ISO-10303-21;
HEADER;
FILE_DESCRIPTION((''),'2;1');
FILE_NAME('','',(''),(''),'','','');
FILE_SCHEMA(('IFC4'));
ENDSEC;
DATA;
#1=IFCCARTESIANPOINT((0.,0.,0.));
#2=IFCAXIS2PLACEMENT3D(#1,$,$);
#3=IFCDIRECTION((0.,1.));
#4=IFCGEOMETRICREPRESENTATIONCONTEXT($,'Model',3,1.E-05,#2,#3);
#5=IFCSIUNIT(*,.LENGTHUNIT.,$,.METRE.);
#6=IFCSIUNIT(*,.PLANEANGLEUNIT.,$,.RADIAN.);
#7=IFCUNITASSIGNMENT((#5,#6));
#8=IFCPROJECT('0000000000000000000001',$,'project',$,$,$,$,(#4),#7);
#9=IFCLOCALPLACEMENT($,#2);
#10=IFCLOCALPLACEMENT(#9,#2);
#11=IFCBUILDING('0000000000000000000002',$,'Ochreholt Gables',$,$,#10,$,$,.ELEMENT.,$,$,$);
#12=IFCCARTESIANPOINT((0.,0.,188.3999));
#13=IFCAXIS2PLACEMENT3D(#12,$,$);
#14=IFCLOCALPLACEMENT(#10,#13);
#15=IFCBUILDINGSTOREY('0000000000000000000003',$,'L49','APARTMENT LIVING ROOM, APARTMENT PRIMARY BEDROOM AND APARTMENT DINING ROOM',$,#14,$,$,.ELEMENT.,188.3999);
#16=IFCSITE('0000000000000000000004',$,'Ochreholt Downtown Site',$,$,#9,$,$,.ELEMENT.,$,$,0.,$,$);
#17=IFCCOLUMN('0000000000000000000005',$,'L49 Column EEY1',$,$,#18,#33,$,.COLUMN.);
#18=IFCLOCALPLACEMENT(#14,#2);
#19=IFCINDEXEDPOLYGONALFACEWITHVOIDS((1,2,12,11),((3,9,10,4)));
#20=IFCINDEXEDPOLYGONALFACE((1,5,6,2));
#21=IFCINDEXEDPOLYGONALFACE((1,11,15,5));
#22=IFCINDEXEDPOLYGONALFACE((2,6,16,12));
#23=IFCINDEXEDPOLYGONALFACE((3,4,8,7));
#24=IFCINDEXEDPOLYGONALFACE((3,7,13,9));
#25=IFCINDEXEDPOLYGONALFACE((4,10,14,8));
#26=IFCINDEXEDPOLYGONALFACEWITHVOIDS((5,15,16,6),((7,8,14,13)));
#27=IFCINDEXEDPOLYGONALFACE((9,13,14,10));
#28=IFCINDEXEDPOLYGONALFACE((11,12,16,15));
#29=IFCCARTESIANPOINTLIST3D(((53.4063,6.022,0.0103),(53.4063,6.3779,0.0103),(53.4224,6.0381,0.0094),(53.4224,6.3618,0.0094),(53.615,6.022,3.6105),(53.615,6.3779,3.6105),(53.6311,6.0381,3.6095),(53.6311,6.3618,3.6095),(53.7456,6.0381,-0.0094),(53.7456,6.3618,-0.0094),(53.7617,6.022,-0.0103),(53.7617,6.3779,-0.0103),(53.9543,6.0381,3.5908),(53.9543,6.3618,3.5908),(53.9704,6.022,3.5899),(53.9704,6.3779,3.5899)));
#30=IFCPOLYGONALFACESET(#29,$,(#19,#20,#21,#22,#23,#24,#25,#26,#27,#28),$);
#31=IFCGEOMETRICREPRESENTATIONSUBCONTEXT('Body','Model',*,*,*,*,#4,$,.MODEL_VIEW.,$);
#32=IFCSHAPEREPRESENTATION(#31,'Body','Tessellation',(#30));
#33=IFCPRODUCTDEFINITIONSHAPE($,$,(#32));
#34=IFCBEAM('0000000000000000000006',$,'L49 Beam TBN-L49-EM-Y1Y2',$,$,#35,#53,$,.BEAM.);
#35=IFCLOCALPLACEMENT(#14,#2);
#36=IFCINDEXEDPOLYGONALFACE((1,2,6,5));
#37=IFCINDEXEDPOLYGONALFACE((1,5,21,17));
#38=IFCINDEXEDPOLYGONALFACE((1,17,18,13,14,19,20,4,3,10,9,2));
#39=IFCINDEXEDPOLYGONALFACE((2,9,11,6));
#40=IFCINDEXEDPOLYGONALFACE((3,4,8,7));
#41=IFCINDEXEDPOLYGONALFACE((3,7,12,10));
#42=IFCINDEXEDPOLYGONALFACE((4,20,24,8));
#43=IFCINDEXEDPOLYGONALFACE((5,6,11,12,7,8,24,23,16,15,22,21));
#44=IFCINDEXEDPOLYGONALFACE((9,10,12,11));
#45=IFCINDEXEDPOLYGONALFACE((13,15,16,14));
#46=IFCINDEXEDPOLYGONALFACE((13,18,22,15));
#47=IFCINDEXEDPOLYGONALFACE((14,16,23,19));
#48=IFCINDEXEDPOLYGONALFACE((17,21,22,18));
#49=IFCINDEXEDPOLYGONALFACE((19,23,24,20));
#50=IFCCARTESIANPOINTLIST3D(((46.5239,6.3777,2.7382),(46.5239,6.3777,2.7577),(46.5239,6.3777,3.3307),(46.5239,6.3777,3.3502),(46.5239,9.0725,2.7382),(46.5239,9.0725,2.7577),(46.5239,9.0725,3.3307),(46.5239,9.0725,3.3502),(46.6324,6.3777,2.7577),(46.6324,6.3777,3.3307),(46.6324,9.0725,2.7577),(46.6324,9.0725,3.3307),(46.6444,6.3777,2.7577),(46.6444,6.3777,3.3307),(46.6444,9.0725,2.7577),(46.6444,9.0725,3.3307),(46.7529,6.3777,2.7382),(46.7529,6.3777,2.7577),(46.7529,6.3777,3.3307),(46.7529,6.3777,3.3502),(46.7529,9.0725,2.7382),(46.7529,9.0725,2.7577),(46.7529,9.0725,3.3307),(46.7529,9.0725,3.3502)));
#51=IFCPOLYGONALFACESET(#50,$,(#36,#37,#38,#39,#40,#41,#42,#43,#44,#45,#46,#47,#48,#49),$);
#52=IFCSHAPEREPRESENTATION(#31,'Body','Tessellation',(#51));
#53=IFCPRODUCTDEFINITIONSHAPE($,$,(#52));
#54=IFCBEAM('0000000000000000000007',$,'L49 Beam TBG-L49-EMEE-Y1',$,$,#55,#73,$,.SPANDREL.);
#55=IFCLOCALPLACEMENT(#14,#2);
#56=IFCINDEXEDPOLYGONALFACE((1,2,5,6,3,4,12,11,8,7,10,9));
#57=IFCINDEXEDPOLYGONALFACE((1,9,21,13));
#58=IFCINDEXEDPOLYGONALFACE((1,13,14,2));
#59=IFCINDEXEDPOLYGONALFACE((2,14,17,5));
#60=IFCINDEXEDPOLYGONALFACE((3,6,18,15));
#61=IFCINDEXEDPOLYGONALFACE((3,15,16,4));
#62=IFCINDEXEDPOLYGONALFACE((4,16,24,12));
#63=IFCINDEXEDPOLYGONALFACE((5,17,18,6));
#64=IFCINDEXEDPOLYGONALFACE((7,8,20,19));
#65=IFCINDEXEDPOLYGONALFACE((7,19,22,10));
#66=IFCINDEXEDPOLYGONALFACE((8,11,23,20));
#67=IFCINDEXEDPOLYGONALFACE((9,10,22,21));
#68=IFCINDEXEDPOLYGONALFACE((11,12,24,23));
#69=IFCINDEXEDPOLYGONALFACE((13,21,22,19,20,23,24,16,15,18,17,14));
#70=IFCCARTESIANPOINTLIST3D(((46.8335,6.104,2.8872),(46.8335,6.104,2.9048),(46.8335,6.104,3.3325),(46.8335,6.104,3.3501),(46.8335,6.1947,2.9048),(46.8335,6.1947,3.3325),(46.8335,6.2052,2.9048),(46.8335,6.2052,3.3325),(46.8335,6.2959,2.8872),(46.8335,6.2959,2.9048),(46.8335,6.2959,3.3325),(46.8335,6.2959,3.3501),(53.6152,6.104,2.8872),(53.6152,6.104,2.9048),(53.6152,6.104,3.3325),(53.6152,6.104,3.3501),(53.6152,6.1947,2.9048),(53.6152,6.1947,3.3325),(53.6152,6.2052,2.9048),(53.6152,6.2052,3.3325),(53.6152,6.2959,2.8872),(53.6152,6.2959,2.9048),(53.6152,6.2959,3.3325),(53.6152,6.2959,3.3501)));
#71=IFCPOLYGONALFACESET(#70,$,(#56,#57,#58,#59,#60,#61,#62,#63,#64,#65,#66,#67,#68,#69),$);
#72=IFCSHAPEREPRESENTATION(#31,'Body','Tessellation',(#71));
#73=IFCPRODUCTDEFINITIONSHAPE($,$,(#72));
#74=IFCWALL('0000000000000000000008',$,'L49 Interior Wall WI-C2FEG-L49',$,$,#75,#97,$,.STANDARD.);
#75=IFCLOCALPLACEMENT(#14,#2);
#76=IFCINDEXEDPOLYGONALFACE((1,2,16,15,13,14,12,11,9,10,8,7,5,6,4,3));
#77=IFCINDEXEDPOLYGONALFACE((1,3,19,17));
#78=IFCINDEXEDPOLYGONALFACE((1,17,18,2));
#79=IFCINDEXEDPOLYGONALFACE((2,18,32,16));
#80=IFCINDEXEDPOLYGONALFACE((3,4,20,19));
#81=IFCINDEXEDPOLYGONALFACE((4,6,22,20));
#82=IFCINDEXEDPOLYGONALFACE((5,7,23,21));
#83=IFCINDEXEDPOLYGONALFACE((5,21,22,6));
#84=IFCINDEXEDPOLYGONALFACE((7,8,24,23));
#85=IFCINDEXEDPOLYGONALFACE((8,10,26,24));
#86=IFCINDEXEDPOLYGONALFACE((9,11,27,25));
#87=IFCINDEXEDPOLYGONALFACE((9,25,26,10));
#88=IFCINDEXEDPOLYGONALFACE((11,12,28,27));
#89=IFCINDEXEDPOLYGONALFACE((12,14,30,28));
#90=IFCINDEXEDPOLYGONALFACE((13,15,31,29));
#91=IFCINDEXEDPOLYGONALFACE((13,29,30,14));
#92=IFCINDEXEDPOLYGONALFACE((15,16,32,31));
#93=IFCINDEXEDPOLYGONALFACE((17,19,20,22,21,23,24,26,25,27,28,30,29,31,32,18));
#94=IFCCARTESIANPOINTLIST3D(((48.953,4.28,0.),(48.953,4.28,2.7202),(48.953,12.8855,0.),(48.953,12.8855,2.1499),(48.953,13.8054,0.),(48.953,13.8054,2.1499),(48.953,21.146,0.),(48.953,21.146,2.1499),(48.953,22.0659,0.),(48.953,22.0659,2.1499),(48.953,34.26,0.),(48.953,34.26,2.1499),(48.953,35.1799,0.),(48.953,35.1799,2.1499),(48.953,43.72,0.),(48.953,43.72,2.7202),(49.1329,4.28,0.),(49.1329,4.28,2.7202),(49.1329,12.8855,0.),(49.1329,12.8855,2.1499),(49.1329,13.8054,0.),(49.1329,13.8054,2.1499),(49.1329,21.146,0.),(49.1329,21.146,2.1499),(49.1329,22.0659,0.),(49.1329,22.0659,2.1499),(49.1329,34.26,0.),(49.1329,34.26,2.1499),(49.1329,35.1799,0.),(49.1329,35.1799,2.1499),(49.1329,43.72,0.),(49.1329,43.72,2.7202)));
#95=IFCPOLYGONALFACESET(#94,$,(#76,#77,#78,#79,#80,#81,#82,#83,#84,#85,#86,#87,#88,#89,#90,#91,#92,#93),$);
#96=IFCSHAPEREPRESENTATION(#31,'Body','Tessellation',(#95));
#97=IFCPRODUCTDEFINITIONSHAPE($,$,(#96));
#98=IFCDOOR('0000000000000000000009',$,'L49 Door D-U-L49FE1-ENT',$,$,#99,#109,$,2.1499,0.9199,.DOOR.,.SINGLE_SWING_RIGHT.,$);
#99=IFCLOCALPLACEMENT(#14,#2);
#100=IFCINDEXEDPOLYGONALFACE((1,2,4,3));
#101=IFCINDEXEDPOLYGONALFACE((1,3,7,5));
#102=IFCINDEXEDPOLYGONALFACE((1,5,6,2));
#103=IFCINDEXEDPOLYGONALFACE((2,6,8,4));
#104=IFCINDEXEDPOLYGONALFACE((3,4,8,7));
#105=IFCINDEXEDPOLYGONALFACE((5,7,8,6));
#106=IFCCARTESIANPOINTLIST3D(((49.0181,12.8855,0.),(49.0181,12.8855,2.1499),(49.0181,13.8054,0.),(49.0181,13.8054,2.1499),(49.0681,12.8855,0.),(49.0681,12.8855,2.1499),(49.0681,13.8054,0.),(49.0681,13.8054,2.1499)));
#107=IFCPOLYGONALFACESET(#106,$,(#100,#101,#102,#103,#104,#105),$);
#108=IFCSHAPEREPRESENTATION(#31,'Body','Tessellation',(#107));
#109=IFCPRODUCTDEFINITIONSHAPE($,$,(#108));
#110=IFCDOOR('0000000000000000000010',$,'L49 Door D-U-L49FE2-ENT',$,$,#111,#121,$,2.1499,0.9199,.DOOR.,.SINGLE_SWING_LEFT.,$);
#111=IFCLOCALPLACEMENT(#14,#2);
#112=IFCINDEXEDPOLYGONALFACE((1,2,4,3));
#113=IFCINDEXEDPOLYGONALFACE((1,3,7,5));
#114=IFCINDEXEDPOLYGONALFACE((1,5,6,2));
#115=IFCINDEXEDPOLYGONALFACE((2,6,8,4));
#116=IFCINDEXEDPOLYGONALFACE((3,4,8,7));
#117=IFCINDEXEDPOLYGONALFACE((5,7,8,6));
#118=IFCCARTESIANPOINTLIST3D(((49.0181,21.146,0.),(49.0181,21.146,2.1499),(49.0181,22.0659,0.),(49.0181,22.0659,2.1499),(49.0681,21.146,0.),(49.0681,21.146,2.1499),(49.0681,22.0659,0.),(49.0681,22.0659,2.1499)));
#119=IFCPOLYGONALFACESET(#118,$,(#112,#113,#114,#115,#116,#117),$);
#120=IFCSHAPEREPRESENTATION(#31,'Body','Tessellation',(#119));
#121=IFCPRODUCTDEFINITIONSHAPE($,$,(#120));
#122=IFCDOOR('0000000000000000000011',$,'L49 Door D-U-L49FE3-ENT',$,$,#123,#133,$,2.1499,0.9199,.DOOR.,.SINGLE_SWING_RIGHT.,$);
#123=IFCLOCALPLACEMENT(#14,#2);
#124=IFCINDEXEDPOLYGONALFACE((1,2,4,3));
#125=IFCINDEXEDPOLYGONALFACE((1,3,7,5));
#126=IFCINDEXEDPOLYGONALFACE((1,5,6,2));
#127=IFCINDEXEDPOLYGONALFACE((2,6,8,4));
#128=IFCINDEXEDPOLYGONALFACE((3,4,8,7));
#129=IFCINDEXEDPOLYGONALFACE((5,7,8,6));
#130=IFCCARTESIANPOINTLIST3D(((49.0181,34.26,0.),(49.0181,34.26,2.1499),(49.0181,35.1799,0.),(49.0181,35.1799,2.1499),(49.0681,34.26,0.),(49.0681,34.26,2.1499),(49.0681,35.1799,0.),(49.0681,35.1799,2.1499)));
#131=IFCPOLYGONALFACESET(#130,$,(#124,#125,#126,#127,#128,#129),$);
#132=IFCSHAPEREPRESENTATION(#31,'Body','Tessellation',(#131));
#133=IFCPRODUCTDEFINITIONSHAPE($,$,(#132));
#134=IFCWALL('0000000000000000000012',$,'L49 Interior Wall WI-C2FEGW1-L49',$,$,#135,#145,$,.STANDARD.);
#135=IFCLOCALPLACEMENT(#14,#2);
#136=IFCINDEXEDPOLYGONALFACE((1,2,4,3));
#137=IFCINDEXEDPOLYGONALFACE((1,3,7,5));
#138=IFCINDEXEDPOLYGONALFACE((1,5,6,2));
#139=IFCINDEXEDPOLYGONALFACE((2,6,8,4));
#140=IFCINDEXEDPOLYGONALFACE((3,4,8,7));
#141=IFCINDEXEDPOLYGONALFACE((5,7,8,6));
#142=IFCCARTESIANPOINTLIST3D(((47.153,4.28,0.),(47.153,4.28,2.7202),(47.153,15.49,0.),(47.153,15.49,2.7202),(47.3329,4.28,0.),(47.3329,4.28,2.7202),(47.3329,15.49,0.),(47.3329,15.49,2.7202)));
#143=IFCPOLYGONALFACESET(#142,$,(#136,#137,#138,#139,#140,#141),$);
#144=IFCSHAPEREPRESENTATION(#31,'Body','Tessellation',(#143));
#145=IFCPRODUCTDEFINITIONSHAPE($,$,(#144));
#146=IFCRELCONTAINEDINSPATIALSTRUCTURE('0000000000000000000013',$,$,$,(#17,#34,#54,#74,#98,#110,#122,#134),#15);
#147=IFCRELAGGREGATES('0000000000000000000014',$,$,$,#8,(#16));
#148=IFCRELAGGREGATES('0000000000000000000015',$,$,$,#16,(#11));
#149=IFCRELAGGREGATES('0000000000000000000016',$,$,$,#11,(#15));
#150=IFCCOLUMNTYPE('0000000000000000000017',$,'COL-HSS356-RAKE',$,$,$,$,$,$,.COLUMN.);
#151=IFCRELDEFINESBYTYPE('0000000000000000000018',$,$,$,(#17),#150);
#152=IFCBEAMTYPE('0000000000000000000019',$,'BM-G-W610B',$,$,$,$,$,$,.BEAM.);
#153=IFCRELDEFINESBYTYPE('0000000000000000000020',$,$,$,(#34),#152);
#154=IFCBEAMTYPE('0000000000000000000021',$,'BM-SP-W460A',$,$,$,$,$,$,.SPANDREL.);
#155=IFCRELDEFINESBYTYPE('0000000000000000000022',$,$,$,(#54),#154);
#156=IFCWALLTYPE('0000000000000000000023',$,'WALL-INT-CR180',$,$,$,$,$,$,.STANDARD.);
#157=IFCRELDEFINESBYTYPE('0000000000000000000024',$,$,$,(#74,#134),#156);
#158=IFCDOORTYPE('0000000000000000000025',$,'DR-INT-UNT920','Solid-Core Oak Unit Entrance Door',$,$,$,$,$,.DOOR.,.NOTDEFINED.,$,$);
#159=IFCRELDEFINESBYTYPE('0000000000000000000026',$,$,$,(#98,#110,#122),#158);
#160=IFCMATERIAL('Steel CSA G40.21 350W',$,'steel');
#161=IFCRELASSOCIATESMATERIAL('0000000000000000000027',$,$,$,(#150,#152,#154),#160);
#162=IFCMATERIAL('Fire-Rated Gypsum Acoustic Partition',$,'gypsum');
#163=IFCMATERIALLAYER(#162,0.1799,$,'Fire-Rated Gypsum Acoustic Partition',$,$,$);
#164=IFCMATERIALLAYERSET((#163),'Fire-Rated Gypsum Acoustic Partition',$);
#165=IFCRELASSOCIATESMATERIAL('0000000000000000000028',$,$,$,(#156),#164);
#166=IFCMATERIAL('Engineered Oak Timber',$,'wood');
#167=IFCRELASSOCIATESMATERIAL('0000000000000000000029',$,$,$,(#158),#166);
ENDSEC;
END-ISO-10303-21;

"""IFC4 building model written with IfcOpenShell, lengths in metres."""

from ifc_helpers import new_model, si_unit, direction, frame, frame_2d, origin, origin_2d, place, context, subcontext, project, spatial, rectangle, hollow_rectangle, i_section, extrude, material, layer, layer_set, material_profile, profile_set, type_object, element, fill, save


model = new_model("IFC4")

# Units and contexts
model_context = context("Model", 3, precision=1e-05, world=origin(), true_north=direction((0.0, 1.0)))
body_context = subcontext(model_context, "Body", "Model", "MODEL_VIEW")
ifc_project = project(units=[si_unit("LENGTHUNIT", "METRE"), si_unit("PLANEANGLEUNIT", "RADIAN")], contexts=[model_context])

# Site, building, storey
site_placement = place(None, origin())
site = spatial("IfcSite", under=ifc_project, at=site_placement, Name="Ochreholt Downtown Site", CompositionType="ELEMENT", RefElevation=0.0)
building_placement = place(site_placement, origin())
building = spatial("IfcBuilding", under=site, at=building_placement, Name="Ochreholt Gables", CompositionType="ELEMENT")
storey_placement = place(building_placement, frame((0.0, 0.0, 188.3999)))
storey = spatial("IfcBuildingStorey", under=building, at=storey_placement, Name="L49", Description="APARTMENT LIVING ROOM, APARTMENT PRIMARY BEDROOM AND APARTMENT DINING ROOM", CompositionType="ELEMENT", Elevation=188.3999)

# Column
ifc_material_1 = material(Name="Steel CSA G40.21 350W", Category="steel")
ifc_material_profile_1 = material_profile(ifc_material_1, hollow_rectangle(XDim=0.356, YDim=0.356, WallThickness=0.0161, at=origin_2d()), Name="HSS356X356X16")
ifc_profile_set_1 = profile_set([ifc_material_profile_1], Name="Steel CSA G40.21 350W")
column_type = type_object("IfcColumnType", Name="COL-HSS356-RAKE", PredefinedType="COLUMN", material=ifc_profile_set_1)
column_placement = place(storey_placement, frame((53.584, 6.2, 0.0), z_axis=(0.057885, 0.0, 0.998323), x_axis=(0.0, 1.0, 0.0)))
element("IfcColumn", 1, at=column_placement, inside=storey, type_object=column_type, Name="L49 Column EEY1", PredefinedType="COLUMN", context=body_context, shape_type="SweptSolid", body=[
    extrude(hollow_rectangle(XDim=0.356, YDim=0.356, WallThickness=0.0161, at=origin_2d()), origin(), (0.0, 0.0, 1.0), 3.6062),
])

# Beams
ifc_material_profile_2 = material_profile(ifc_material_1, i_section(OverallWidth=0.229, OverallDepth=0.6121, WebThickness=0.012, FlangeThickness=0.0195, at=origin_2d()), Name="W610X125")
ifc_profile_set_2 = profile_set([ifc_material_profile_2], Name="Steel CSA G40.21 350W")
beam_type_1 = type_object("IfcBeamType", Name="BM-G-W610B", PredefinedType="BEAM", material=ifc_profile_set_2)
beam_1_placement = place(storey_placement, frame((46.6384, 6.3777, 3.0442), z_axis=(0.0, 1.0, 0.0), x_axis=(-1.0, 0.0, 0.0)))
element("IfcBeam", 2, at=beam_1_placement, inside=storey, type_object=beam_type_1, Name="L49 Beam TBN-L49-EM-Y1Y2", PredefinedType="BEAM", context=body_context, shape_type="SweptSolid", body=[
    extrude(i_section(OverallWidth=0.229, OverallDepth=0.6121, WebThickness=0.012, FlangeThickness=0.0195, at=origin_2d()), origin(), (0.0, 0.0, 1.0), 2.6948),
])
ifc_material_profile_3 = material_profile(ifc_material_1, i_section(OverallWidth=0.1919, OverallDepth=0.4629, WebThickness=0.0105, FlangeThickness=0.0176, at=origin_2d()), Name="W460X89")
ifc_profile_set_3 = profile_set([ifc_material_profile_3], Name="Steel CSA G40.21 350W")
beam_type_2 = type_object("IfcBeamType", Name="BM-SP-W460A", PredefinedType="SPANDREL", material=ifc_profile_set_3)
beam_2_placement = place(storey_placement, frame((46.8335, 6.2, 3.1187), z_axis=(1.0, 0.0, 0.0), x_axis=(0.0, 1.0, 0.0)))
element("IfcBeam", 3, at=beam_2_placement, inside=storey, type_object=beam_type_2, Name="L49 Beam TBG-L49-EMEE-Y1", PredefinedType="SPANDREL", context=body_context, shape_type="SweptSolid", body=[
    extrude(i_section(OverallWidth=0.1919, OverallDepth=0.4629, WebThickness=0.0105, FlangeThickness=0.0176, at=origin_2d()), origin(), (0.0, 0.0, 1.0), 6.7817),
])

# Wall, openings, doors
ifc_material_2 = material(Name="Fire-Rated Gypsum Acoustic Partition", Category="gypsum")
ifc_layer_1 = layer(ifc_material_2, 0.1799, Name="Fire-Rated Gypsum Acoustic Partition")
ifc_layer_set_1 = layer_set([ifc_layer_1], Name="Fire-Rated Gypsum Acoustic Partition")
wall_type_1 = type_object("IfcWallType", Name="WALL-INT-CR180", PredefinedType="STANDARD", material=ifc_layer_set_1)
wall_1_placement = place(storey_placement, frame((49.043, 4.28, 0.0), z_axis=(0.0, 0.0, 1.0), x_axis=(0.0, 1.0, 0.0)))
wall_1 = element("IfcWall", 4, at=wall_1_placement, inside=storey, type_object=wall_type_1, Name="L49 Interior Wall WI-C2FEG-L49", PredefinedType="STANDARD", context=body_context, shape_type="SweptSolid", body=[
    extrude(rectangle(XDim=39.4399, YDim=0.1799, at=frame_2d((19.72, 0.0))), origin(), (0.0, 0.0, 1.0), 2.7202),
])
opening_1_placement = place(wall_1_placement, frame((8.6055, 0.0, 0.0)))
opening_1 = element("IfcOpeningElement", 5, at=opening_1_placement, cuts=wall_1, PredefinedType="OPENING", context=body_context, shape_type="SweptSolid", body=[
    extrude(rectangle(XDim=0.9199, YDim=2.1499, at=frame_2d((0.46, 1.075))), frame((0.0, 0.0999, 0.0), z_axis=(0.0, -1.0, 0.0), x_axis=(1.0, 0.0, 0.0)), (0.0, 0.0, 1.0), 0.2),
])
opening_2_placement = place(wall_1_placement, frame((16.866, 0.0, 0.0)))
opening_2 = element("IfcOpeningElement", 6, at=opening_2_placement, cuts=wall_1, PredefinedType="OPENING", context=body_context, shape_type="SweptSolid", body=[
    extrude(rectangle(XDim=0.9199, YDim=2.1499, at=frame_2d((0.46, 1.075))), frame((0.0, 0.0999, 0.0), z_axis=(0.0, -1.0, 0.0), x_axis=(1.0, 0.0, 0.0)), (0.0, 0.0, 1.0), 0.2),
])
opening_3_placement = place(wall_1_placement, frame((29.98, 0.0, 0.0)))
opening_3 = element("IfcOpeningElement", 7, at=opening_3_placement, cuts=wall_1, PredefinedType="OPENING", context=body_context, shape_type="SweptSolid", body=[
    extrude(rectangle(XDim=0.9199, YDim=2.1499, at=frame_2d((0.46, 1.075))), frame((0.0, 0.0999, 0.0), z_axis=(0.0, -1.0, 0.0), x_axis=(1.0, 0.0, 0.0)), (0.0, 0.0, 1.0), 0.2),
])
ifc_material_3 = material(Name="Engineered Oak Timber", Category="wood")
door_type_1 = type_object("IfcDoorType", Name="DR-INT-UNT920", Description="Solid-Core Oak Unit Entrance Door", OperationType="NOTDEFINED", PredefinedType="DOOR", material=ifc_material_3)
door_1_placement = place(opening_1_placement, origin())
door_1 = element("IfcDoor", 8, at=door_1_placement, inside=storey, type_object=door_type_1, Name="L49 Door D-U-L49FE1-ENT", OperationType="SINGLE_SWING_RIGHT", OverallHeight=2.1499, OverallWidth=0.9199, PredefinedType="DOOR", context=body_context, shape_type="SweptSolid", body=[
    extrude(rectangle(XDim=0.9199, YDim=2.1499, at=frame_2d((0.46, 1.075))), frame((0.0, 0.0249, 0.0), z_axis=(0.0, -1.0, 0.0), x_axis=(1.0, 0.0, 0.0)), (0.0, 0.0, 1.0), 0.05),
])
fill(opening_1, door_1)
door_2_placement = place(opening_2_placement, origin())
door_2 = element("IfcDoor", 9, at=door_2_placement, inside=storey, type_object=door_type_1, Name="L49 Door D-U-L49FE2-ENT", OperationType="SINGLE_SWING_LEFT", OverallHeight=2.1499, OverallWidth=0.9199, PredefinedType="DOOR", context=body_context, shape_type="SweptSolid", body=[
    extrude(rectangle(XDim=0.9199, YDim=2.1499, at=frame_2d((0.46, 1.075))), frame((0.0, 0.0249, 0.0), z_axis=(0.0, -1.0, 0.0), x_axis=(1.0, 0.0, 0.0)), (0.0, 0.0, 1.0), 0.05),
])
fill(opening_2, door_2)
door_3_placement = place(opening_3_placement, origin())
door_3 = element("IfcDoor", 10, at=door_3_placement, inside=storey, type_object=door_type_1, Name="L49 Door D-U-L49FE3-ENT", OperationType="SINGLE_SWING_RIGHT", OverallHeight=2.1499, OverallWidth=0.9199, PredefinedType="DOOR", context=body_context, shape_type="SweptSolid", body=[
    extrude(rectangle(XDim=0.9199, YDim=2.1499, at=frame_2d((0.46, 1.075))), frame((0.0, 0.0249, 0.0), z_axis=(0.0, -1.0, 0.0), x_axis=(1.0, 0.0, 0.0)), (0.0, 0.0, 1.0), 0.05),
])
fill(opening_3, door_3)

# Wall
wall_2_placement = place(storey_placement, frame((47.2429, 4.28, 0.0), z_axis=(0.0, 0.0, 1.0), x_axis=(0.0, 1.0, 0.0)))
element("IfcWall", 11, at=wall_2_placement, inside=storey, type_object=wall_type_1, Name="L49 Interior Wall WI-C2FEGW1-L49", PredefinedType="STANDARD", context=body_context, shape_type="SweptSolid", body=[
    extrude(rectangle(XDim=11.21, YDim=0.1799, at=frame_2d((5.605, 0.0))), origin(), (0.0, 0.0, 1.0), 2.7202),
])

save(model, "model.ifc")
